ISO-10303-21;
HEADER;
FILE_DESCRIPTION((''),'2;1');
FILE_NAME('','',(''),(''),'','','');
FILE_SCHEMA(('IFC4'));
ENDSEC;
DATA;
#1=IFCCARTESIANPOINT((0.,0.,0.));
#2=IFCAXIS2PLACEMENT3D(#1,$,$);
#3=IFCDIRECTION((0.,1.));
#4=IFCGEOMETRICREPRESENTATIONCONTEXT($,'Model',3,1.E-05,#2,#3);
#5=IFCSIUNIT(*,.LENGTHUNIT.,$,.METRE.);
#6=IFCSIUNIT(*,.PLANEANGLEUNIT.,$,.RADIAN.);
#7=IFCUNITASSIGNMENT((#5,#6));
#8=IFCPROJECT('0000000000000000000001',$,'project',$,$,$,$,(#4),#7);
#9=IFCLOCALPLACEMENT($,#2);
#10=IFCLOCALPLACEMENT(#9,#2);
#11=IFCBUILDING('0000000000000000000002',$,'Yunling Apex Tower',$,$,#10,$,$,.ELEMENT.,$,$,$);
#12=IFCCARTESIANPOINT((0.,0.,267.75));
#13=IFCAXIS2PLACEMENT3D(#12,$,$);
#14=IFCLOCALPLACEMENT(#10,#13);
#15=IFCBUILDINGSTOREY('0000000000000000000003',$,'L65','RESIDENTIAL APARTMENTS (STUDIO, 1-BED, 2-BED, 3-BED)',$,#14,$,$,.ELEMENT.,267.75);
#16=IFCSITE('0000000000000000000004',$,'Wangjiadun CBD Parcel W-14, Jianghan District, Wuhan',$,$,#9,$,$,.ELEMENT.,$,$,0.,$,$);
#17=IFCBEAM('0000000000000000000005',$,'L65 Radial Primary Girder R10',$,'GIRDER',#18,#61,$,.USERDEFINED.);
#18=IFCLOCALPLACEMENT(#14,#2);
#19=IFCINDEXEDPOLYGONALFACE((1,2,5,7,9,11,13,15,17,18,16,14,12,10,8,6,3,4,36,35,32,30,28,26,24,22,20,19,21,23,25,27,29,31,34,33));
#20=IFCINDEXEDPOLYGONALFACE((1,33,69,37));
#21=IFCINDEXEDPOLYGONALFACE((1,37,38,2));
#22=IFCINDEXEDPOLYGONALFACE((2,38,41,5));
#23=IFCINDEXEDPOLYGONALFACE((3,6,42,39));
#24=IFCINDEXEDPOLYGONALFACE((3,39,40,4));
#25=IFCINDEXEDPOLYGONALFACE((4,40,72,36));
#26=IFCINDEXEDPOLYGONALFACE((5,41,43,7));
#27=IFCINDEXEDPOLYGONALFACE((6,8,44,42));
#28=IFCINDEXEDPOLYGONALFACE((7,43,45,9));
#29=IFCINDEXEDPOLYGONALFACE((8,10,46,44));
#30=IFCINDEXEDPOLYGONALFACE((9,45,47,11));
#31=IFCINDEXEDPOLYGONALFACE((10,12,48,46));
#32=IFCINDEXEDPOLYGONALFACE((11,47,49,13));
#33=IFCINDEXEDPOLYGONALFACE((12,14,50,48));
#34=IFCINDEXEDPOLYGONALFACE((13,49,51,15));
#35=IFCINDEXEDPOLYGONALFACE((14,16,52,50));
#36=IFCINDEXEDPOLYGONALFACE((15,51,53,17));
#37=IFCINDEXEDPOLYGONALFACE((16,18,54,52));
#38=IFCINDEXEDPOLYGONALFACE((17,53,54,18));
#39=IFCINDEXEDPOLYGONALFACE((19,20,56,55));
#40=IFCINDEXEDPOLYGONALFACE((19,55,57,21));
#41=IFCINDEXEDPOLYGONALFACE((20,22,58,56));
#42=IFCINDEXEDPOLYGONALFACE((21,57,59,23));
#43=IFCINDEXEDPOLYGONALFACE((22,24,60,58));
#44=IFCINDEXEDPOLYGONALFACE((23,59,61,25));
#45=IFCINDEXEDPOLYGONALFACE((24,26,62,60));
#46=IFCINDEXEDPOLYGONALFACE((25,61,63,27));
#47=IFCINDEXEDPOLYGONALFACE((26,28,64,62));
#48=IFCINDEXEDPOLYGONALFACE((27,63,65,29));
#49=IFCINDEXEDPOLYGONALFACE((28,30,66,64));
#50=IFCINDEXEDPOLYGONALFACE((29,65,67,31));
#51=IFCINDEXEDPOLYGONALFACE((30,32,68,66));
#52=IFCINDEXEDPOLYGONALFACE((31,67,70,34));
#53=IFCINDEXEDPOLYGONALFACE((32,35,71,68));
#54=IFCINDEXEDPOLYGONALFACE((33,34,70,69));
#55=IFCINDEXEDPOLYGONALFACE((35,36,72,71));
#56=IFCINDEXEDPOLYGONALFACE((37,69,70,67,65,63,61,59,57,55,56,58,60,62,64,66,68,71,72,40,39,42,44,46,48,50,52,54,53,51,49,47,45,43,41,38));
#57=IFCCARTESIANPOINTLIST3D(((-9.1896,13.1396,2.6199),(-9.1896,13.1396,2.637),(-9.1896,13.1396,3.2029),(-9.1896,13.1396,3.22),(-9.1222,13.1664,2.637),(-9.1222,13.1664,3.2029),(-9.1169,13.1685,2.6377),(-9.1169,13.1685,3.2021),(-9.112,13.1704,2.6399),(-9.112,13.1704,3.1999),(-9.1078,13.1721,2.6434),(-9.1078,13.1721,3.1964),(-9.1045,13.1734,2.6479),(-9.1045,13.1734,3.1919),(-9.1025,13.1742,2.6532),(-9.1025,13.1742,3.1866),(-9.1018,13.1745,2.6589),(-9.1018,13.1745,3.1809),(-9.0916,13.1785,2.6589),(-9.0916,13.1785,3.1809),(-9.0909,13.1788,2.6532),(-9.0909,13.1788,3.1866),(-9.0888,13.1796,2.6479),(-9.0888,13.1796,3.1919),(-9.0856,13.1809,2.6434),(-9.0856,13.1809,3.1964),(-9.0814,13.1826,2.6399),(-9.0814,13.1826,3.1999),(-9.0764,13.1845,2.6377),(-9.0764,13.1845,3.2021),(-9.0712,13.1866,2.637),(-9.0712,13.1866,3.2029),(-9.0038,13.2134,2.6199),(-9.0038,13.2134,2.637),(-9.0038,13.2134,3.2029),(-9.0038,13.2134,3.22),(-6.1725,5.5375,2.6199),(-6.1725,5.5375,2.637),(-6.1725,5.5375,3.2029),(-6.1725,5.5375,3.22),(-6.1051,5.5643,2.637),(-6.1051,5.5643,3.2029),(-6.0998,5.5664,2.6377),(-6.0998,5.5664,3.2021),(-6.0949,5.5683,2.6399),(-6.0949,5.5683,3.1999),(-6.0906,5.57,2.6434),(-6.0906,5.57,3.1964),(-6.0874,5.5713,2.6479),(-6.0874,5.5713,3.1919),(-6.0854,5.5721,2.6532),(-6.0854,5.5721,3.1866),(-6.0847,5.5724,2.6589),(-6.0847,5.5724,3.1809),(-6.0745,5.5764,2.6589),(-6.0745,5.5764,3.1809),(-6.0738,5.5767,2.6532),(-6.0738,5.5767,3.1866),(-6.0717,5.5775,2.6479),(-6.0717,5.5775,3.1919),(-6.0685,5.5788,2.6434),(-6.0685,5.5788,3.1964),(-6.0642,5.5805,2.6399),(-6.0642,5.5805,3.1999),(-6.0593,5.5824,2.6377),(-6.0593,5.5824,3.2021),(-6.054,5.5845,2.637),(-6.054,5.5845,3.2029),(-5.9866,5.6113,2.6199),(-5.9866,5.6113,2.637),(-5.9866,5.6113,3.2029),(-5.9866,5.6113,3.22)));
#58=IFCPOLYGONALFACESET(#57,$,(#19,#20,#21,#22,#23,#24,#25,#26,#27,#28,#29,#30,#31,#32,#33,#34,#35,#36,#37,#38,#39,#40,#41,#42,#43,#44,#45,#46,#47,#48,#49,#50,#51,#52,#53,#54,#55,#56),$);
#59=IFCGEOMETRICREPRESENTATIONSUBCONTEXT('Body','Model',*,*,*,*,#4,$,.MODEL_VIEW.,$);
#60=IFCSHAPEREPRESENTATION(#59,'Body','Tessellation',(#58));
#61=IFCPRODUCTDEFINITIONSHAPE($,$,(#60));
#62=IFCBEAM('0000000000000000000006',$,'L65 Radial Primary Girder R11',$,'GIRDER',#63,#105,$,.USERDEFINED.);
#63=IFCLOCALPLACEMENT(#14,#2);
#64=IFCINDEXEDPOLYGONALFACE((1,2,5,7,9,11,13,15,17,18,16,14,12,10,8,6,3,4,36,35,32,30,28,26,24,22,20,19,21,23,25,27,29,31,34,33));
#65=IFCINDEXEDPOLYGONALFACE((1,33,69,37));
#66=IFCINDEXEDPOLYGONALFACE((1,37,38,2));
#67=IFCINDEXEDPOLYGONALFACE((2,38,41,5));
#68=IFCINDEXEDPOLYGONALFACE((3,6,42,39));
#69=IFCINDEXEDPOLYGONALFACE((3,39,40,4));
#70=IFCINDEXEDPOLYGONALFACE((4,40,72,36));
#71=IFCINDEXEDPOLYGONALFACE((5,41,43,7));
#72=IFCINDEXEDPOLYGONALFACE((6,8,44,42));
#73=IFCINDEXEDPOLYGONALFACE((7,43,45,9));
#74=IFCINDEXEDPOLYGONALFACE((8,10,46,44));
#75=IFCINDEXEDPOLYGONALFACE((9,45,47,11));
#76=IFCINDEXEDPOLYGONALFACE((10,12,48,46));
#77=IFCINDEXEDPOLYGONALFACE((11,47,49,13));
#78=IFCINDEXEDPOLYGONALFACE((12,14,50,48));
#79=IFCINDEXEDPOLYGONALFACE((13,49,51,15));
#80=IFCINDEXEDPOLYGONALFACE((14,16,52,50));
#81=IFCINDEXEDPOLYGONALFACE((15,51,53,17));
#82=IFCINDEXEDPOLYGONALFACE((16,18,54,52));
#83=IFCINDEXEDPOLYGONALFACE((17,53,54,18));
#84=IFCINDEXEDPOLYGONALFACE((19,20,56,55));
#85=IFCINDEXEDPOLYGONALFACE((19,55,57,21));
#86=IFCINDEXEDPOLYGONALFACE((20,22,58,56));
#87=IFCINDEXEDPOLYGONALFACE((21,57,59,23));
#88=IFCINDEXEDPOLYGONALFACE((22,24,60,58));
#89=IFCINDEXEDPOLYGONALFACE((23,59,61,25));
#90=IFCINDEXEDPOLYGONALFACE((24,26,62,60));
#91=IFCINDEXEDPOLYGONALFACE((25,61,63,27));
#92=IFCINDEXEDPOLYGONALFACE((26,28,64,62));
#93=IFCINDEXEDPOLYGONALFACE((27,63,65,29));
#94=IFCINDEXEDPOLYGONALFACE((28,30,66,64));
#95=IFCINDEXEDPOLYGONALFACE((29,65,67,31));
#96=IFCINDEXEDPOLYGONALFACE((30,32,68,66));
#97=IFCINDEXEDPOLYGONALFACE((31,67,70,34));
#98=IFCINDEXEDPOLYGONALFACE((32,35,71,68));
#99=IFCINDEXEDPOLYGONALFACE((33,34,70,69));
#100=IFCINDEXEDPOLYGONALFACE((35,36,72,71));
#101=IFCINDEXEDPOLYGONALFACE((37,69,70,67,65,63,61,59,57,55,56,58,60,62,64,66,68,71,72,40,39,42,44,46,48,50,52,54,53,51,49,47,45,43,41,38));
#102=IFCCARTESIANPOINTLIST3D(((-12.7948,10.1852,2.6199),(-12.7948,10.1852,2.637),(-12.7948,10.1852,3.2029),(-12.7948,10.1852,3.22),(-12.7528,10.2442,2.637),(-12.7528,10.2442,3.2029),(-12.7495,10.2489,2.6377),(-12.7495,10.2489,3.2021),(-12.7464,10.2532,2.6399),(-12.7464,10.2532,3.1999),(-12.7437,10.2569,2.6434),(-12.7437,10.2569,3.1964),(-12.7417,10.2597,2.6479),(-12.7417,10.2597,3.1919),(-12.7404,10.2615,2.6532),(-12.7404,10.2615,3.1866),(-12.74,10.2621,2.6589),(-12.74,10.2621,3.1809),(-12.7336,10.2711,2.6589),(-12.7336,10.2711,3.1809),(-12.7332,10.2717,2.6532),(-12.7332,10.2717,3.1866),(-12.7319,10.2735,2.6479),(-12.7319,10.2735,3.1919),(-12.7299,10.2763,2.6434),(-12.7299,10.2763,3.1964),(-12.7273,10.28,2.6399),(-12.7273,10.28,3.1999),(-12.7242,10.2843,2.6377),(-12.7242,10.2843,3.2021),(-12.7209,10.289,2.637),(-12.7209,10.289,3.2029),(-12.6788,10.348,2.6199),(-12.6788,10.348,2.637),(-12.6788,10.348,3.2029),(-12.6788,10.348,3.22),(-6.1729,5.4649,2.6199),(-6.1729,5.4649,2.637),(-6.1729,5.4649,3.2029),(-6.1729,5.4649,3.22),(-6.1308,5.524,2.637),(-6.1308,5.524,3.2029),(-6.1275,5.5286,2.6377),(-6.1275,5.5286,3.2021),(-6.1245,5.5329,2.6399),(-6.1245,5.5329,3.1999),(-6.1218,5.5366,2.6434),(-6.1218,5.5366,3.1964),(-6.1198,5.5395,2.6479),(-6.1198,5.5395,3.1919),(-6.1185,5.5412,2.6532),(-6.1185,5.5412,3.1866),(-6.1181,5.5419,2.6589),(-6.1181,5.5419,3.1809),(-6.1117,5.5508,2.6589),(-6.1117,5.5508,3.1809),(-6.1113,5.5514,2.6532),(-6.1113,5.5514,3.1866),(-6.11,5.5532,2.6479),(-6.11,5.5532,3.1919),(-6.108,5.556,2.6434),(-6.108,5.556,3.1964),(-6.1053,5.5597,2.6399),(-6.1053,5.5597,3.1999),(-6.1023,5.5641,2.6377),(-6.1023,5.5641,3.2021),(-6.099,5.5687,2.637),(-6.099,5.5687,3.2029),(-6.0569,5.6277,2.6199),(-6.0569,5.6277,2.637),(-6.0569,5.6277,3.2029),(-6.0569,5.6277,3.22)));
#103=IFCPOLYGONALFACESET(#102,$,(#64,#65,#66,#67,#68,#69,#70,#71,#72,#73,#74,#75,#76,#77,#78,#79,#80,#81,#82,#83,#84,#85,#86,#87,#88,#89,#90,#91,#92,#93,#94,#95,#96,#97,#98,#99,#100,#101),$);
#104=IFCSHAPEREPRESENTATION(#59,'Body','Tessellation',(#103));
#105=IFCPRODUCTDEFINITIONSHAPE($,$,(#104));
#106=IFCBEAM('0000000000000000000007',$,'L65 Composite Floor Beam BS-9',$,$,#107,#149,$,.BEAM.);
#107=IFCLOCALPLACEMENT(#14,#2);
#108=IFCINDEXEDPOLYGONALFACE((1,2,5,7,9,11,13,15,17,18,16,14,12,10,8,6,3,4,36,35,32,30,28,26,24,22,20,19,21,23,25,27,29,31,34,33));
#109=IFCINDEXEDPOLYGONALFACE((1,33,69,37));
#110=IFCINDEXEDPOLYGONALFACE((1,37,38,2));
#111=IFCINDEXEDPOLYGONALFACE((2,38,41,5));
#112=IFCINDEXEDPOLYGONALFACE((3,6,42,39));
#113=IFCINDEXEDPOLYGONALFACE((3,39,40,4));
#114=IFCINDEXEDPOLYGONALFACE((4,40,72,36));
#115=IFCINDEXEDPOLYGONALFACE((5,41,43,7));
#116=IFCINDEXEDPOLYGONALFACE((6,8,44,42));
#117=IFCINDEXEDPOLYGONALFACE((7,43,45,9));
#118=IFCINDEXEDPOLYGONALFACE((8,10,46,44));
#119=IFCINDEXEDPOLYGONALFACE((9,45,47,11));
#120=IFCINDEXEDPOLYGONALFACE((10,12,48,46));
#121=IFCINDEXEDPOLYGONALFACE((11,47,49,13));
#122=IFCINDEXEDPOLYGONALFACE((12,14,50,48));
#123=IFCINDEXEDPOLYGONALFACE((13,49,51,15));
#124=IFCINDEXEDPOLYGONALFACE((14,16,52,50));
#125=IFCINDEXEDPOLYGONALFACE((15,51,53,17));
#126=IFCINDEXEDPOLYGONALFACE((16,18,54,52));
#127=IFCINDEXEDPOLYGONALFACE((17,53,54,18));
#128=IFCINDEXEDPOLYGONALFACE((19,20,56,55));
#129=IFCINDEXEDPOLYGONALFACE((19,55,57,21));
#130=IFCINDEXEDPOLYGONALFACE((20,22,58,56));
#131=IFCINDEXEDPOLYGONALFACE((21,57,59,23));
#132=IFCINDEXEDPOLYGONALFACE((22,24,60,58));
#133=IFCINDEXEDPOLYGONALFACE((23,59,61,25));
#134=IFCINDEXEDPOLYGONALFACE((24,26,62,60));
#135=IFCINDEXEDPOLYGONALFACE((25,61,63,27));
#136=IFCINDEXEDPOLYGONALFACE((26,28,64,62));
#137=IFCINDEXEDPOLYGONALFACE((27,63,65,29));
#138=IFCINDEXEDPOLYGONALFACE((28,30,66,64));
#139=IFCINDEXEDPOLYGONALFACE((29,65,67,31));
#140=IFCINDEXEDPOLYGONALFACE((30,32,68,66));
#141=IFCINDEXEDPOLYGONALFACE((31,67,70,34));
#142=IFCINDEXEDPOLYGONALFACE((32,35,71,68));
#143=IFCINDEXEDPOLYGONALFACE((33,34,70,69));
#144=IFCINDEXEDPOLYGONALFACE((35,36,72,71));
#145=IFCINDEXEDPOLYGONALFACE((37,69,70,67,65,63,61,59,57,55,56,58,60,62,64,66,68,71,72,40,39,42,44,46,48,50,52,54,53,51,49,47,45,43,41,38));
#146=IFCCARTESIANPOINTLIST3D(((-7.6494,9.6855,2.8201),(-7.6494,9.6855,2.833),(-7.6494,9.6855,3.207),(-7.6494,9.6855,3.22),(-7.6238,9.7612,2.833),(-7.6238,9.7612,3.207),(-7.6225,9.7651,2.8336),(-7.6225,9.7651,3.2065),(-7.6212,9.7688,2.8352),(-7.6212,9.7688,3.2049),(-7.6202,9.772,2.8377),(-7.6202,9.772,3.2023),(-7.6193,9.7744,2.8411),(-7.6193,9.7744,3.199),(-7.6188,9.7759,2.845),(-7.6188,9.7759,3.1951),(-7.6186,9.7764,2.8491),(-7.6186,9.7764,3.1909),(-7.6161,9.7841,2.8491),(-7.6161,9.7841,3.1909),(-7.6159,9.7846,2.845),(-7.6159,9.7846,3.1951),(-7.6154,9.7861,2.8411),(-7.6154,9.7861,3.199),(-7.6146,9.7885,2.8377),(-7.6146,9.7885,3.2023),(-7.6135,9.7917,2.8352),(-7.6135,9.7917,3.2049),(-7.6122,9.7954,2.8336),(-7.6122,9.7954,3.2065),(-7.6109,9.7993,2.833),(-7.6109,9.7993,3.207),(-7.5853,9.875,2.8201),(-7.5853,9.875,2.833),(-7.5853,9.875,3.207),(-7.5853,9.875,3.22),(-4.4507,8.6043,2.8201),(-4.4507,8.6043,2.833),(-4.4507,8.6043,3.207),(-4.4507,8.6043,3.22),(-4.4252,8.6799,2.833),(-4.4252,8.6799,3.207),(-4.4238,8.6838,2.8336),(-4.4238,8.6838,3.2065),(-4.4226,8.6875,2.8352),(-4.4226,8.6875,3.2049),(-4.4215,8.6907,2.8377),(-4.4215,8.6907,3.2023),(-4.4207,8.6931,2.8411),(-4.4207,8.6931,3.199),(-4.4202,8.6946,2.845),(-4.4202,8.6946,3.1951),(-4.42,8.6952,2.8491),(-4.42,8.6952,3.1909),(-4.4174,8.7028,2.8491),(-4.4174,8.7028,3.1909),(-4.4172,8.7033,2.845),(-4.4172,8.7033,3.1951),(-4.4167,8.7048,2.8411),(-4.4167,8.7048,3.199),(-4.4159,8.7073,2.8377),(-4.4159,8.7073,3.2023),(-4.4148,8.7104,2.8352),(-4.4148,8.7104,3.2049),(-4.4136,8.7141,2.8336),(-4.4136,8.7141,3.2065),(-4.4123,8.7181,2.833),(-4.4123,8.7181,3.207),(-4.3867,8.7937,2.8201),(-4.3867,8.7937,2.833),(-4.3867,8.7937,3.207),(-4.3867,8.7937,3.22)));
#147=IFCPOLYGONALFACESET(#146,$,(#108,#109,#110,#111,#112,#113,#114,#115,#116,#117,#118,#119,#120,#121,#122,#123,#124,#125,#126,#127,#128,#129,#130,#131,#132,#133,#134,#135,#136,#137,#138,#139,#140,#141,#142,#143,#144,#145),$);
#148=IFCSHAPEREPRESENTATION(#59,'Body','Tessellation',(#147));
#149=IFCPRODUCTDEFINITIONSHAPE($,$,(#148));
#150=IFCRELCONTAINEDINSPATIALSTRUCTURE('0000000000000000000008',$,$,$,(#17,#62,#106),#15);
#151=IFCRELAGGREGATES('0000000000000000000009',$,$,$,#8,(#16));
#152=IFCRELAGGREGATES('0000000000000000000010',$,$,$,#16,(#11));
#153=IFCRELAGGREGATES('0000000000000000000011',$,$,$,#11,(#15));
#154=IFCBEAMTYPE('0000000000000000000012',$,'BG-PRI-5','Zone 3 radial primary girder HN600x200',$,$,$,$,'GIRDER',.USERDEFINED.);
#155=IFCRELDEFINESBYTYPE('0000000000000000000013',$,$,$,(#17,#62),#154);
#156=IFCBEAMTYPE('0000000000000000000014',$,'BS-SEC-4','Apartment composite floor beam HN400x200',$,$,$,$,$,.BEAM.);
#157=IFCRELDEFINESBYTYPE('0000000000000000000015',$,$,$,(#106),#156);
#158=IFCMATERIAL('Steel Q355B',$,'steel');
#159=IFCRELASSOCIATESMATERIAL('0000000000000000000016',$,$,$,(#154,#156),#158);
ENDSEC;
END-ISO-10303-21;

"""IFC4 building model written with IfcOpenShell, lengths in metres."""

from ifc_helpers import new_model, si_unit, direction, frame, origin, origin_2d, place, context, subcontext, project, spatial, i_section, extrude, source, transform, mapped, material, material_profile, profile_set, type_object, element, save


model = new_model("IFC4")

# Units and contexts
model_context = context("Model", 3, precision=1e-05, world=origin(), true_north=direction((0.0, 1.0)))
body_context = subcontext(model_context, "Body", "Model", "MODEL_VIEW")
ifc_project = project(units=[si_unit("LENGTHUNIT", "METRE"), si_unit("PLANEANGLEUNIT", "RADIAN")], contexts=[model_context])

# Site, building, storey
site_placement = place(None, origin())
site = spatial("IfcSite", under=ifc_project, at=site_placement, Name="Wangjiadun CBD Parcel W-14, Jianghan District, Wuhan", CompositionType="ELEMENT", RefElevation=0.0)
building_placement = place(site_placement, origin())
building = spatial("IfcBuilding", under=site, at=building_placement, Name="Yunling Apex Tower", CompositionType="ELEMENT")
storey_placement = place(building_placement, frame((0.0, 0.0, 267.75)))
storey = spatial("IfcBuildingStorey", under=building, at=storey_placement, Name="L65", Description="RESIDENTIAL APARTMENTS (STUDIO, 1-BED, 2-BED, 3-BED)", CompositionType="ELEMENT", Elevation=267.75)

# Shared definitions
ifc_material_1 = material(Name="Steel Q355B", Category="steel")

# Beams
ifc_material_profile_1 = material_profile(ifc_material_1, i_section(OverallWidth=0.2, OverallDepth=0.6001, WebThickness=0.011, FlangeThickness=0.0171, FilletRadius=0.022, at=origin_2d()))
ifc_profile_set_1 = profile_set([ifc_material_profile_1], Name="Steel Q355B")
beam_type_1 = type_object("IfcBeamType", Name="BG-PRI-5", Description="Zone 3 radial primary girder HN600x200", ElementType="GIRDER", PredefinedType="USERDEFINED", material=ifc_profile_set_1)
shared_shape_1 = source(origin(), body_context, "Body", "SweptSolid", [
    extrude(i_section(OverallWidth=0.2, OverallDepth=0.6001, WebThickness=0.011, FlangeThickness=0.0171, FilletRadius=0.022, at=origin_2d()), origin(), (0.0, 0.0, 1.0), 8.179),
])
beam_1_placement = place(storey_placement, frame((-9.0967, 13.1765, 2.9199), z_axis=(0.368888, -0.929474, 0.0), x_axis=(0.929474, 0.368888, 0.0)))
element("IfcBeam", 1, at=beam_1_placement, inside=storey, type_object=beam_type_1, Name="L65 Radial Primary Girder R10", ObjectType="GIRDER", PredefinedType="USERDEFINED", context=body_context, shape_type="MappedRepresentation", body=[
    mapped(shared_shape_1, transform((0.0, 0.0, 0.0), scale=1.0)),
])
shared_shape_2 = source(origin(), body_context, "Body", "SweptSolid", [
    extrude(i_section(OverallWidth=0.2, OverallDepth=0.6001, WebThickness=0.011, FlangeThickness=0.0171, FilletRadius=0.022, at=origin_2d()), origin(), (0.0, 0.0, 1.0), 8.1321),
])
beam_2_placement = place(storey_placement, frame((-12.7368, 10.2666, 2.9199), z_axis=(0.814295, -0.580451, 0.0), x_axis=(0.580451, 0.814295, 0.0)))
element("IfcBeam", 2, at=beam_2_placement, inside=storey, type_object=beam_type_1, Name="L65 Radial Primary Girder R11", ObjectType="GIRDER", PredefinedType="USERDEFINED", context=body_context, shape_type="MappedRepresentation", body=[
    mapped(shared_shape_2, transform((0.0, 0.0, 0.0), scale=1.0)),
])
ifc_material_profile_2 = material_profile(ifc_material_1, i_section(OverallWidth=0.2, OverallDepth=0.3999, WebThickness=0.0081, FlangeThickness=0.0129, FilletRadius=0.0161, at=origin_2d()))
ifc_profile_set_2 = profile_set([ifc_material_profile_2], Name="Steel Q355B")
beam_type_2 = type_object("IfcBeamType", Name="BS-SEC-4", Description="Apartment composite floor beam HN400x200", PredefinedType="BEAM", material=ifc_profile_set_2)
shared_shape_3 = source(origin(), body_context, "Body", "SweptSolid", [
    extrude(i_section(OverallWidth=0.2, OverallDepth=0.3999, WebThickness=0.0081, FlangeThickness=0.0129, FilletRadius=0.0161, at=origin_2d()), origin(), (0.0, 0.0, 1.0), 3.3765),
])
beam_3_placement = place(storey_placement, frame((-4.4187, 8.699, 3.02), z_axis=(-0.947337, 0.320238, 0.0), x_axis=(-0.320238, -0.947337, 0.0)))
element("IfcBeam", 3, at=beam_3_placement, inside=storey, type_object=beam_type_2, Name="L65 Composite Floor Beam BS-9", PredefinedType="BEAM", context=body_context, shape_type="MappedRepresentation", body=[
    mapped(shared_shape_3, transform((0.0, 0.0, 0.0), scale=1.0)),
])

save(model, "model.ifc")
